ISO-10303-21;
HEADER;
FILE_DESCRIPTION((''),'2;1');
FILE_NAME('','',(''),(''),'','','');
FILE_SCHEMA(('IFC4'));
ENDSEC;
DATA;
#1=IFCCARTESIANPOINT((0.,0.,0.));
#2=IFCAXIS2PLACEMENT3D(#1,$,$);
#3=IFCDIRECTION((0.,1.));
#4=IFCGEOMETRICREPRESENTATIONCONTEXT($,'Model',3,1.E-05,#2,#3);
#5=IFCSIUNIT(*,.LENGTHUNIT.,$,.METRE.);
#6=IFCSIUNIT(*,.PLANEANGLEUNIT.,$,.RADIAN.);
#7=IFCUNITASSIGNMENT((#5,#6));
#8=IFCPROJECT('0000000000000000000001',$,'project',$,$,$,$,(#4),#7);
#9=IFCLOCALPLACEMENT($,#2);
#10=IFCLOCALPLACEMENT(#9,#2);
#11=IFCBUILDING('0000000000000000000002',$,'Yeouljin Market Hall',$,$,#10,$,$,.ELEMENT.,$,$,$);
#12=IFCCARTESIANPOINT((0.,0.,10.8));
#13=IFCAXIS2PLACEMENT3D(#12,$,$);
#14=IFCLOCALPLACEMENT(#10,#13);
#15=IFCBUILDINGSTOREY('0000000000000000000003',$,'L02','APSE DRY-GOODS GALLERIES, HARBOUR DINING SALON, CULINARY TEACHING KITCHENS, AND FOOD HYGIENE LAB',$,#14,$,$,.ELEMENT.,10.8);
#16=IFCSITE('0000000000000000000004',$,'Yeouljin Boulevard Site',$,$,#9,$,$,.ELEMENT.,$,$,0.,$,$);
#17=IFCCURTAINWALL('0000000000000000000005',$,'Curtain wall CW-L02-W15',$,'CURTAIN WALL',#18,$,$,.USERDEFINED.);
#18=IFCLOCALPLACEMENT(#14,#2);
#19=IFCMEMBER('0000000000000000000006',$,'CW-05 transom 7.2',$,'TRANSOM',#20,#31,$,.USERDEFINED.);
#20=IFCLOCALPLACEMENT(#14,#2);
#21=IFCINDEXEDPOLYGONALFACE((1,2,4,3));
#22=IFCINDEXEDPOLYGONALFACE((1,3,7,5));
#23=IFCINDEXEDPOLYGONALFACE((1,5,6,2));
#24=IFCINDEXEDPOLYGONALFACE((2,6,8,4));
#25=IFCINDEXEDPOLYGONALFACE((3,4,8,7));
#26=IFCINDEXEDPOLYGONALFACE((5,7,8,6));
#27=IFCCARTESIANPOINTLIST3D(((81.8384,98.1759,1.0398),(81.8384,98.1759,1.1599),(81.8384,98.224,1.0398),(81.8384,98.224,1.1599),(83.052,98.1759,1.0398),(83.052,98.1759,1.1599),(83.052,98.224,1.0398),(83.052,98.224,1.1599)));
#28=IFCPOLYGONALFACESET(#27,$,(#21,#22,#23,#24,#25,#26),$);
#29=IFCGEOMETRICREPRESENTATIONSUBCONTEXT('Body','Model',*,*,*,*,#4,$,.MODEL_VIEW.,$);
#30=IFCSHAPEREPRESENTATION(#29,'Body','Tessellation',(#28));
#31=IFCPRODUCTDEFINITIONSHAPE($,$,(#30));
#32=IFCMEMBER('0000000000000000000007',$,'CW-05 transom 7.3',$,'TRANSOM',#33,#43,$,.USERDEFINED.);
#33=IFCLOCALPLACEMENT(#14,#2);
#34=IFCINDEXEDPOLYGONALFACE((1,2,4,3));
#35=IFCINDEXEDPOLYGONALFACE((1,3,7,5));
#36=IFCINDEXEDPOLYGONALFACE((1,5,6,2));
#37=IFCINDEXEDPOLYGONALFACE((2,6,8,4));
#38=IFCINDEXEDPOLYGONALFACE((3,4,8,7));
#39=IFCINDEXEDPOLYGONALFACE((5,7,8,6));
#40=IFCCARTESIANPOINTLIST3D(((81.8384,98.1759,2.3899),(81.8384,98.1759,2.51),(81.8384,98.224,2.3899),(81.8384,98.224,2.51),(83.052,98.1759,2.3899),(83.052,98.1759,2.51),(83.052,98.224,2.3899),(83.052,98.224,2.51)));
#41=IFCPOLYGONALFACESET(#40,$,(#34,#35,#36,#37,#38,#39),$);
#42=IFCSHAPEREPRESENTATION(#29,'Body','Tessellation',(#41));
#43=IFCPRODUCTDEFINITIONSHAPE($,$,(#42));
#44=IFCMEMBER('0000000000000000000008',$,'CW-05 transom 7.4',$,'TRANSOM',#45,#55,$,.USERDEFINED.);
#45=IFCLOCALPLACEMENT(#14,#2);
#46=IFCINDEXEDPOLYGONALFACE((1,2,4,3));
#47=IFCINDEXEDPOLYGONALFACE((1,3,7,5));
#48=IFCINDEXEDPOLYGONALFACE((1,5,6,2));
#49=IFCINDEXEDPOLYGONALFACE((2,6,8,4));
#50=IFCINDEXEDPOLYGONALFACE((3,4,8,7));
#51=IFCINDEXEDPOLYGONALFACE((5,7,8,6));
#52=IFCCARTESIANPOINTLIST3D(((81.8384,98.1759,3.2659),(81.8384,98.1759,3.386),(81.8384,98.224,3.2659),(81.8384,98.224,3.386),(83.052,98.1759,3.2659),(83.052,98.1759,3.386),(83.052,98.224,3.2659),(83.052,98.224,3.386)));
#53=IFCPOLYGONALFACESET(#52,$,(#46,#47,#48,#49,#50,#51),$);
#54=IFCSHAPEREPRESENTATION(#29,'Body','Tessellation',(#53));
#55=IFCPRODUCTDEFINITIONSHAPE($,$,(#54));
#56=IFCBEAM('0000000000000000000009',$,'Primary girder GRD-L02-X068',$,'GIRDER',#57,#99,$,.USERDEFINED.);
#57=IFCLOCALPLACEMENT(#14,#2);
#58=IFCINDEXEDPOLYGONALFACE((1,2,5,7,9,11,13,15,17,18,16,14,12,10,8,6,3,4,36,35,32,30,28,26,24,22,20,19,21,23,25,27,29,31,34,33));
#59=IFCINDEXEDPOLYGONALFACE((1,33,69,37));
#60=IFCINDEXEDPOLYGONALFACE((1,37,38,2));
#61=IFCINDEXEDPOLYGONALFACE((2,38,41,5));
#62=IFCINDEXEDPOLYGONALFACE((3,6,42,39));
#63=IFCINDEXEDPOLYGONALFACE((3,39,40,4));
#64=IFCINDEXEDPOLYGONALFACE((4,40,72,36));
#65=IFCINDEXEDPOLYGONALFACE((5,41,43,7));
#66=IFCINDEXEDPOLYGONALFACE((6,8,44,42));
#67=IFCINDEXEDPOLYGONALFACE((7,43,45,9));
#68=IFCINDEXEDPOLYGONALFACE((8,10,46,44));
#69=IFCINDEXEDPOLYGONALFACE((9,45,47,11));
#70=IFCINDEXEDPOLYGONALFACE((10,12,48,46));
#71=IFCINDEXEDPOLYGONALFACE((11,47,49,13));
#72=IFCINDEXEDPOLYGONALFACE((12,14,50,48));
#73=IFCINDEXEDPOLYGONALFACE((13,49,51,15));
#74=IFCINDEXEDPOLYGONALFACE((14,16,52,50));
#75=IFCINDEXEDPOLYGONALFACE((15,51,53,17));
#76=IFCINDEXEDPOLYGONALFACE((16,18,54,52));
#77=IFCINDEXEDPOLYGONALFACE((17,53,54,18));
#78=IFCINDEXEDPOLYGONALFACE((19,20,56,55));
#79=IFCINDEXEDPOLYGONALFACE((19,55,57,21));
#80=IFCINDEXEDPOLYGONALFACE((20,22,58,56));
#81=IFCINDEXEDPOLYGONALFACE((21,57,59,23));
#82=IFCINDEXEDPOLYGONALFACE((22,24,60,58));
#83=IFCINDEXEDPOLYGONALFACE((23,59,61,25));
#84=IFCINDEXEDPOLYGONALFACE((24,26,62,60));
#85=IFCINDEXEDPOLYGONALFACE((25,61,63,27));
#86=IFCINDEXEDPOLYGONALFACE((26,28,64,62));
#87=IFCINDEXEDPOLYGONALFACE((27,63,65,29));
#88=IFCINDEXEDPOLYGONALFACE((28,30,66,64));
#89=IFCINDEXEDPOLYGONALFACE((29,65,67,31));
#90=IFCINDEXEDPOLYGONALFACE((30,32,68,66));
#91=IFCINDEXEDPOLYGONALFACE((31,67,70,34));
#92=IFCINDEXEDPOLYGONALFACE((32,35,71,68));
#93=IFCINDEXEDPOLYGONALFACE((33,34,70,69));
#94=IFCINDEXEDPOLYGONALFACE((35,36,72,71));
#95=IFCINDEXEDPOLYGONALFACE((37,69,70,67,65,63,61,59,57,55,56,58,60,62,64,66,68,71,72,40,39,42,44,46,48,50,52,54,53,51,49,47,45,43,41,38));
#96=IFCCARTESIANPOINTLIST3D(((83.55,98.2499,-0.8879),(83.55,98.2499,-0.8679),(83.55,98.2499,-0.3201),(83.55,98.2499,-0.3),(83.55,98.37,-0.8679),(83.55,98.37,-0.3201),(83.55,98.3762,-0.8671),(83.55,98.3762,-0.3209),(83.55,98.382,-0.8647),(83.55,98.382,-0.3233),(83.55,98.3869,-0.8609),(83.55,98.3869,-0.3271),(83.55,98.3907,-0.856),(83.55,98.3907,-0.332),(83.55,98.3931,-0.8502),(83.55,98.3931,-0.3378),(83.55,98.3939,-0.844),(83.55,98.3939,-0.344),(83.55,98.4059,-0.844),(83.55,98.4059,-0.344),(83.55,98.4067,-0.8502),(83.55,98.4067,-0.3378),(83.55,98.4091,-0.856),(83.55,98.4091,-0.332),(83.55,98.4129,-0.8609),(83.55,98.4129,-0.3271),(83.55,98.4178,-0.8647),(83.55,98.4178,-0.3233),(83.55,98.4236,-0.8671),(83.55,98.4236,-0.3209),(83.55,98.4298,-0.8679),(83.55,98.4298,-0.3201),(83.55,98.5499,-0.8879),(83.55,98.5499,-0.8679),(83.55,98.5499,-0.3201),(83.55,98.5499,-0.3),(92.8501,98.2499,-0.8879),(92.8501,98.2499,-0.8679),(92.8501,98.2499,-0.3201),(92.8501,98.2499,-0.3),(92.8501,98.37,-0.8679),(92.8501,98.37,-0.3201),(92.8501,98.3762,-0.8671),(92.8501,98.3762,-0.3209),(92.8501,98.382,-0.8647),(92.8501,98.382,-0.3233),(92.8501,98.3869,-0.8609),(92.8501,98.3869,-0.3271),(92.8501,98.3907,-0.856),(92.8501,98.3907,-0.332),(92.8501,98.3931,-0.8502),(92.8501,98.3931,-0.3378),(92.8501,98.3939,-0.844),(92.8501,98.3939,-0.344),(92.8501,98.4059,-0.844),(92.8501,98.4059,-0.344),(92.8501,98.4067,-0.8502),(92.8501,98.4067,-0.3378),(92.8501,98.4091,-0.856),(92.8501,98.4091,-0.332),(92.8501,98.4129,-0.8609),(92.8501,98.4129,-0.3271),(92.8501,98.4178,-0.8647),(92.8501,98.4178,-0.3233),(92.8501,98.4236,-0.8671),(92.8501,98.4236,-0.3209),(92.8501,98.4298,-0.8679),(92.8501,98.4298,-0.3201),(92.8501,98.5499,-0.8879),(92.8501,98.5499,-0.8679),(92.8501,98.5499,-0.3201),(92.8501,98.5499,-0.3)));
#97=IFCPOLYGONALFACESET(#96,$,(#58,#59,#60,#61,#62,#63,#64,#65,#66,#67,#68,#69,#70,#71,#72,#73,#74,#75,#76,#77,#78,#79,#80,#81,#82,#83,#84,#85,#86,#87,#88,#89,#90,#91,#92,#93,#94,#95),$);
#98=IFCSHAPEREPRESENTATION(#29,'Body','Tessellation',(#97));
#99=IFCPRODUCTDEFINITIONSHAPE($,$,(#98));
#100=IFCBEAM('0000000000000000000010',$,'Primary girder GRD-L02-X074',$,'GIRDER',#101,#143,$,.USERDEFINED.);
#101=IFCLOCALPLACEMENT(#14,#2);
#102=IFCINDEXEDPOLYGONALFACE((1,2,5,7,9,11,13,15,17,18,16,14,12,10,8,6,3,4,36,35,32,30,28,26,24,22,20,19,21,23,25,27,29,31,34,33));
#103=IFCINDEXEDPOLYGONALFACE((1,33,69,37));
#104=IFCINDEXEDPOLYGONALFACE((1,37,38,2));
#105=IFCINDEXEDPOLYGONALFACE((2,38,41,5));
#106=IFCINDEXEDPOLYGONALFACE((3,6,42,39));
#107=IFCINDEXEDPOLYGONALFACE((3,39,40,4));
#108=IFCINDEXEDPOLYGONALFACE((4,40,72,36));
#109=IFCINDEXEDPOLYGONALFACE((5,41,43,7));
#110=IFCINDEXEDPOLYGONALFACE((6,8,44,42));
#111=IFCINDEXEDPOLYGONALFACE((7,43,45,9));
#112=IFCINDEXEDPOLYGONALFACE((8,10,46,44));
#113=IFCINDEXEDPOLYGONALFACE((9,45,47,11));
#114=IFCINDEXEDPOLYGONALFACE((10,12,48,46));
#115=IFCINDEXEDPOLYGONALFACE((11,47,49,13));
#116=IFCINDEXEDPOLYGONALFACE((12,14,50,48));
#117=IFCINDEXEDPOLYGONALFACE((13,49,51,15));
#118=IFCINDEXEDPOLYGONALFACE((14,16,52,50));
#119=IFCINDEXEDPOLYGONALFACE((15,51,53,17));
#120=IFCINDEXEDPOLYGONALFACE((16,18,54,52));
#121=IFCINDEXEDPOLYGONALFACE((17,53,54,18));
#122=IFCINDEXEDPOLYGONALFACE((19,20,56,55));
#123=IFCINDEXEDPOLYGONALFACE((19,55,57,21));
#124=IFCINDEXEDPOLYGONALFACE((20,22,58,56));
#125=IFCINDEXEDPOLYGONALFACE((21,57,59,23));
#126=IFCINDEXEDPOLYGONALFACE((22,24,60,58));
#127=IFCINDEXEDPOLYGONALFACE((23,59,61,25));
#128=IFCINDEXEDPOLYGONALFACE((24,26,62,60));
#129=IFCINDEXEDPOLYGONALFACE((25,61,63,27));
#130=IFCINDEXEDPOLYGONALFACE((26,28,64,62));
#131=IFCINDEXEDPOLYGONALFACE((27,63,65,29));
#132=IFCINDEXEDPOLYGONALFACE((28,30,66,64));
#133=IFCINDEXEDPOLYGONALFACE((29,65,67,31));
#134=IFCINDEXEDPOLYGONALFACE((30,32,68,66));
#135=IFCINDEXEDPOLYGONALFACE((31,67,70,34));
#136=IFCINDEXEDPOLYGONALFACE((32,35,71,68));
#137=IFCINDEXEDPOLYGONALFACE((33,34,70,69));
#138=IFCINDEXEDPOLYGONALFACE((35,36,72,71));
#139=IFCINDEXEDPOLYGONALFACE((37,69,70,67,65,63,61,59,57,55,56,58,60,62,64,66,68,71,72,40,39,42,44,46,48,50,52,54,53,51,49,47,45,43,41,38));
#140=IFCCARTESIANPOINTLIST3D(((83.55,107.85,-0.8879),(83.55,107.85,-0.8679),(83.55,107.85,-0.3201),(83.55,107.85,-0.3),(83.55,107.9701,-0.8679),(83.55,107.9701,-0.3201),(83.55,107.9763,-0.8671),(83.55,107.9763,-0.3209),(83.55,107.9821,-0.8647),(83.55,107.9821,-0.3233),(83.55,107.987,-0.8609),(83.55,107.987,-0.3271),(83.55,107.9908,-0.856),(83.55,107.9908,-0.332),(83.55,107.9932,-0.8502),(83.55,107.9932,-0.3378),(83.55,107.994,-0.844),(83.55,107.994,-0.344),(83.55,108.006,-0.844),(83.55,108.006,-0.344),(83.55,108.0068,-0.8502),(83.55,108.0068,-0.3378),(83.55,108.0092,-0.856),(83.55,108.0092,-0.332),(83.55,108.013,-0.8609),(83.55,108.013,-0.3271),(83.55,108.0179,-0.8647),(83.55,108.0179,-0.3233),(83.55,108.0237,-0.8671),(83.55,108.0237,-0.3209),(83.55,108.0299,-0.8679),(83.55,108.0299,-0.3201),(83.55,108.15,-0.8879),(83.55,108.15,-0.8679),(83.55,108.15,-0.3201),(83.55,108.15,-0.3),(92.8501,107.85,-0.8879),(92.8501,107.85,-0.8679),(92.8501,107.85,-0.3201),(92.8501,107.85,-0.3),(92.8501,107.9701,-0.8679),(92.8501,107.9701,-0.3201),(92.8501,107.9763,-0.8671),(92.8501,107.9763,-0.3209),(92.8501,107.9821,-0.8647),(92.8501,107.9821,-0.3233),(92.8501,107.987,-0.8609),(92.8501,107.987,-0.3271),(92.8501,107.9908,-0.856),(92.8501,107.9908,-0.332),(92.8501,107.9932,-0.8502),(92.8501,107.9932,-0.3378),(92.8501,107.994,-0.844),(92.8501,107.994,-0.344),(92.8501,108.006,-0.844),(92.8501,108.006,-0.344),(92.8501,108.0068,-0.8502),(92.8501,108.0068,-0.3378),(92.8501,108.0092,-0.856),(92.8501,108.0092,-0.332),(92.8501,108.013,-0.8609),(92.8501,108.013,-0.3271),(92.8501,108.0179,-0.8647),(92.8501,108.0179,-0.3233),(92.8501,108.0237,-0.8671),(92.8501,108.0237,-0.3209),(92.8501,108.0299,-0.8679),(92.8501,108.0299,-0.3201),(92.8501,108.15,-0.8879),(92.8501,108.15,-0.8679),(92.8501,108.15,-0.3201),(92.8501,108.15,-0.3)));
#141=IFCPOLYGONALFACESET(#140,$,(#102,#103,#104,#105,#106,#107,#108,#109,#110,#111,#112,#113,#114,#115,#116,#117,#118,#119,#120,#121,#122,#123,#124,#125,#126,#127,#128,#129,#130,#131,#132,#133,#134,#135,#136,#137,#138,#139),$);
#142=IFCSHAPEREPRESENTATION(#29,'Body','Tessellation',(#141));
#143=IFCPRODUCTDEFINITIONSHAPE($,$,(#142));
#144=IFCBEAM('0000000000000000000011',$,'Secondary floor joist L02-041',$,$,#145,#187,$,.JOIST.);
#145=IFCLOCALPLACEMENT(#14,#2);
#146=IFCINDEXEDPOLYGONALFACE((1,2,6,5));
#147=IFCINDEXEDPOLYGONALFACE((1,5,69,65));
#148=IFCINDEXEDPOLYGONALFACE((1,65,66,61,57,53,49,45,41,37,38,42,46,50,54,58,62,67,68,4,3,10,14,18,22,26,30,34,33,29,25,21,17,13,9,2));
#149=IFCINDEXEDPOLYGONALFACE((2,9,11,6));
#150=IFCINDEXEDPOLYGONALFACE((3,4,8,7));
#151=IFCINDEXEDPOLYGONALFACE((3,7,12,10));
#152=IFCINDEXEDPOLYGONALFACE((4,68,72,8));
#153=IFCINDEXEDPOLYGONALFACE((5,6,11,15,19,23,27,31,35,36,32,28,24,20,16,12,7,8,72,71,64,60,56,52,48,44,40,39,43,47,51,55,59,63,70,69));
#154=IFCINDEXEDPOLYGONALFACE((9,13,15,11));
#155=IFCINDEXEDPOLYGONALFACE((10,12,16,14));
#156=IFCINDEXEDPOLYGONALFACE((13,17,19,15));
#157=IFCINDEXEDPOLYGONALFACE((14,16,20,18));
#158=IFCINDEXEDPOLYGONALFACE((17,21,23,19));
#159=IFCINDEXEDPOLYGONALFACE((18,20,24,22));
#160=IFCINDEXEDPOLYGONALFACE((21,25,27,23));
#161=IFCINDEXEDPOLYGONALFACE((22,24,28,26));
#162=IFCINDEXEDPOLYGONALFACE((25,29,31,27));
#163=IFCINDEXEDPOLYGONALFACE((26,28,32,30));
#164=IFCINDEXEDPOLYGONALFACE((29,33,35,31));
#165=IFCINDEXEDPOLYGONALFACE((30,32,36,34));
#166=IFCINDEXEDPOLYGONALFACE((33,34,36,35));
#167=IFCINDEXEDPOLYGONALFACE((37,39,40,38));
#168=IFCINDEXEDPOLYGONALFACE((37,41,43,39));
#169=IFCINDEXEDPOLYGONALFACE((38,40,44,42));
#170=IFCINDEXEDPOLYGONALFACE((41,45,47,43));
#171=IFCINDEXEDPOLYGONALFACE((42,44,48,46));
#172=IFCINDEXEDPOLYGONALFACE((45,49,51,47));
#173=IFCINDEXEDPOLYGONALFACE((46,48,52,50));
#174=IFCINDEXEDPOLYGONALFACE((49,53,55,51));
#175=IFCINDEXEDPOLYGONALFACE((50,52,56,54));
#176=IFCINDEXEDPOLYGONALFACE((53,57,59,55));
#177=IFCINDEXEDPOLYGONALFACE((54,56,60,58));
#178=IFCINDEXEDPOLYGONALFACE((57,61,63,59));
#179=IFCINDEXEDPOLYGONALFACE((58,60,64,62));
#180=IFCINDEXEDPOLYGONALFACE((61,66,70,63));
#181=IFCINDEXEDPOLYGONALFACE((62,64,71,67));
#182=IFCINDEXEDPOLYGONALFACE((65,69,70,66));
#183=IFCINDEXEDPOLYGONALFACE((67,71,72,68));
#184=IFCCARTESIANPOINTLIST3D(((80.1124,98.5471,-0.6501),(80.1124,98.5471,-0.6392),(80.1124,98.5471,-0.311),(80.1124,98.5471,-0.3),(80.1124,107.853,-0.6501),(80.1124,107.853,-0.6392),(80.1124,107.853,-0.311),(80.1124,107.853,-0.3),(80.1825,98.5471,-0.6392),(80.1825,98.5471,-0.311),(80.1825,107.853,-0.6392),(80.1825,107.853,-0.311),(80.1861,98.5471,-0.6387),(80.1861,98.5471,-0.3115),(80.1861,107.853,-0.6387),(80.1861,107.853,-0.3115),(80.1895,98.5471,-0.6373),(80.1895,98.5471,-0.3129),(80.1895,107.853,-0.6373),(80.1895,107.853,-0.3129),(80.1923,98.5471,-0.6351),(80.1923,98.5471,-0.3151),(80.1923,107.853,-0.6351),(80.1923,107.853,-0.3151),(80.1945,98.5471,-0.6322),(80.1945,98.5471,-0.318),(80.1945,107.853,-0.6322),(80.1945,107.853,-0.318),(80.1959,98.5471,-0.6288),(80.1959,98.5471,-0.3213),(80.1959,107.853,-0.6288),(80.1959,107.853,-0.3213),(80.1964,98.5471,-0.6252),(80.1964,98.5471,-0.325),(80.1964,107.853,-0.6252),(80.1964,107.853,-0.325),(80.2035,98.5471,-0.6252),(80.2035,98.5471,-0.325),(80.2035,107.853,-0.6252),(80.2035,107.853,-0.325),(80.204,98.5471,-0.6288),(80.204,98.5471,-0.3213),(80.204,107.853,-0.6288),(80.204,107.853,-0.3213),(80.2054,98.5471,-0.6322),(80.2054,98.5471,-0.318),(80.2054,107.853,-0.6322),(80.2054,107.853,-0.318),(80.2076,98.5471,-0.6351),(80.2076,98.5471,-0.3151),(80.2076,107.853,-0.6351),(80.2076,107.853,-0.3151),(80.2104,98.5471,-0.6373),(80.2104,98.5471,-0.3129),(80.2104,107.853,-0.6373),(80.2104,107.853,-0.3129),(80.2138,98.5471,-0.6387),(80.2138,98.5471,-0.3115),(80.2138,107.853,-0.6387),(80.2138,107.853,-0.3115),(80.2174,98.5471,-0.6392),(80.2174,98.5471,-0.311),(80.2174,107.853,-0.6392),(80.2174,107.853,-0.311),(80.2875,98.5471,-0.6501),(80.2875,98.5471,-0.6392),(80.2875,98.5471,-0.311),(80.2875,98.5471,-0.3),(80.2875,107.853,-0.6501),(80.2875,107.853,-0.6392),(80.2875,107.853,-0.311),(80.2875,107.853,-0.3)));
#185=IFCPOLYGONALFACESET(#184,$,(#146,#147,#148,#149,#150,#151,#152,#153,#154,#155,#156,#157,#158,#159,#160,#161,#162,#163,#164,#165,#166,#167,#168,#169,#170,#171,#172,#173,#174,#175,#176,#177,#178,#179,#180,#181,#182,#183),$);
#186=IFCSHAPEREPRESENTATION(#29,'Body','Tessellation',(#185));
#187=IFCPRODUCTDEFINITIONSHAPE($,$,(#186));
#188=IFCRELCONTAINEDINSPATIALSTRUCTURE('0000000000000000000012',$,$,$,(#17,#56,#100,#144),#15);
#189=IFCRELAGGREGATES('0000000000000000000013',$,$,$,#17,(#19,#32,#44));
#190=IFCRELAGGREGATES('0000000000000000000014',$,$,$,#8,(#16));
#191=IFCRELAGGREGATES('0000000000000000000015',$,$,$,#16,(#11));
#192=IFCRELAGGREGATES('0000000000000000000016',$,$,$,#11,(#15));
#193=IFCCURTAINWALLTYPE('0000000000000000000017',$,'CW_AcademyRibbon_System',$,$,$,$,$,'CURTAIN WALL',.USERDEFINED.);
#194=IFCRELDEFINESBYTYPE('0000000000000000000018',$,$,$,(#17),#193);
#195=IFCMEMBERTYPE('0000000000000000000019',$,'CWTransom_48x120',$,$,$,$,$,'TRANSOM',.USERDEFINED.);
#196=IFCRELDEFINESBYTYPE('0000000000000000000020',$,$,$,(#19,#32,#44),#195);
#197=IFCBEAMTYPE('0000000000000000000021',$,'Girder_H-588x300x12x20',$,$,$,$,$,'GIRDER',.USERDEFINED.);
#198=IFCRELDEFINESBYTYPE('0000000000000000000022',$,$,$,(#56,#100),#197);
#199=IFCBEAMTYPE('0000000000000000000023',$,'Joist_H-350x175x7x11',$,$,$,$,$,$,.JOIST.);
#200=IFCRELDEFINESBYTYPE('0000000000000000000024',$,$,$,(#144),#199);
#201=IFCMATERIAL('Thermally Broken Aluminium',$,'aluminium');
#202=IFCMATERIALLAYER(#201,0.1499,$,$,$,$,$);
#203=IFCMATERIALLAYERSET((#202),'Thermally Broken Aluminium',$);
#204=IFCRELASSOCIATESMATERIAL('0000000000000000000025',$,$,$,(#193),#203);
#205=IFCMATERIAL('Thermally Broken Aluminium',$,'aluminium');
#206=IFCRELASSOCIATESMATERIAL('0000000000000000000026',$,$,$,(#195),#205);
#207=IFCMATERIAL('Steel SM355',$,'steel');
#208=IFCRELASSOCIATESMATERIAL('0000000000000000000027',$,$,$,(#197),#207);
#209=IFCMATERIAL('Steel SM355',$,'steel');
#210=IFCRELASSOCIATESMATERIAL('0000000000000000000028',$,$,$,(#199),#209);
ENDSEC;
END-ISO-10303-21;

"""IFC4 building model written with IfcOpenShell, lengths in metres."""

from ifc_helpers import new_model, si_unit, direction, frame, origin, origin_2d, place, context, subcontext, project, spatial, rectangle, i_section, extrude, material, layer, layer_set, material_profile, profile_set, type_object, element, aggregate, save


model = new_model("IFC4")

# Units and contexts
model_context = context("Model", 3, precision=1e-05, world=origin(), true_north=direction((0.0, 1.0)))
body_context = subcontext(model_context, "Body", "Model", "MODEL_VIEW")
ifc_project = project(units=[si_unit("LENGTHUNIT", "METRE"), si_unit("PLANEANGLEUNIT", "RADIAN")], contexts=[model_context])

# Site, building, storey
site_placement = place(None, origin())
site = spatial("IfcSite", under=ifc_project, at=site_placement, Name="Yeouljin Boulevard Site", CompositionType="ELEMENT", RefElevation=0.0)
building_placement = place(site_placement, origin())
building = spatial("IfcBuilding", under=site, at=building_placement, Name="Yeouljin Market Hall", CompositionType="ELEMENT")
storey_placement = place(building_placement, frame((0.0, 0.0, 10.8)))
storey = spatial("IfcBuildingStorey", under=building, at=storey_placement, Name="L02", Description="APSE DRY-GOODS GALLERIES, HARBOUR DINING SALON, CULINARY TEACHING KITCHENS, AND FOOD HYGIENE LAB", CompositionType="ELEMENT", Elevation=10.8)

# Curtain wall, members
ifc_material_1 = material(Name="Thermally Broken Aluminium", Category="aluminium")
ifc_layer_1 = layer(ifc_material_1, 0.1499)
ifc_layer_set_1 = layer_set([ifc_layer_1], Name="Thermally Broken Aluminium")
curtain_wall_type = type_object("IfcCurtainWallType", Name="CW_AcademyRibbon_System", ElementType="CURTAIN WALL", PredefinedType="USERDEFINED", material=ifc_layer_set_1)
curtain_wall_placement = place(storey_placement, origin())
curtain_wall = element("IfcCurtainWall", 1, at=curtain_wall_placement, inside=storey, type_object=curtain_wall_type, Name="Curtain wall CW-L02-W15", ObjectType="CURTAIN WALL", PredefinedType="USERDEFINED")
ifc_material_2 = material(Name="Thermally Broken Aluminium", Category="aluminium")
ifc_material_profile_1 = material_profile(ifc_material_2, rectangle(XDim=0.0481, YDim=0.1201, at=origin_2d()), Name="CW-TRAN-48x120")
ifc_profile_set_1 = profile_set([ifc_material_profile_1], Name="Thermally Broken Aluminium")
member_type_1 = type_object("IfcMemberType", Name="CWTransom_48x120", ElementType="TRANSOM", PredefinedType="USERDEFINED", material=ifc_profile_set_1)
member_1_placement = place(storey_placement, frame((81.8384, 98.2, 1.0999), z_axis=(1.0, 0.0, 0.0), x_axis=(0.0, 1.0, 0.0)))
member_1 = element("IfcMember", 2, at=member_1_placement, type_object=member_type_1, Name="CW-05 transom 7.2", ObjectType="TRANSOM", PredefinedType="USERDEFINED", context=body_context, shape_type="SweptSolid", body=[
    extrude(rectangle(XDim=0.0481, YDim=0.1201, at=origin_2d()), origin(), (0.0, 0.0, 1.0), 1.2136),
])
member_2_placement = place(storey_placement, frame((81.8384, 98.2, 2.45), z_axis=(1.0, 0.0, 0.0), x_axis=(0.0, 1.0, 0.0)))
member_2 = element("IfcMember", 3, at=member_2_placement, type_object=member_type_1, Name="CW-05 transom 7.3", ObjectType="TRANSOM", PredefinedType="USERDEFINED", context=body_context, shape_type="SweptSolid", body=[
    extrude(rectangle(XDim=0.0481, YDim=0.1201, at=origin_2d()), origin(), (0.0, 0.0, 1.0), 1.2136),
])
member_3_placement = place(storey_placement, frame((81.8384, 98.2, 3.3259), z_axis=(1.0, 0.0, 0.0), x_axis=(0.0, 1.0, 0.0)))
member_3 = element("IfcMember", 4, at=member_3_placement, type_object=member_type_1, Name="CW-05 transom 7.4", ObjectType="TRANSOM", PredefinedType="USERDEFINED", context=body_context, shape_type="SweptSolid", body=[
    extrude(rectangle(XDim=0.0481, YDim=0.1201, at=origin_2d()), origin(), (0.0, 0.0, 1.0), 1.2136),
])

# Beams
ifc_material_3 = material(Name="Steel SM355", Category="steel")
ifc_material_profile_2 = material_profile(ifc_material_3, i_section(OverallWidth=0.3, OverallDepth=0.5879, WebThickness=0.012, FlangeThickness=0.02, FilletRadius=0.0239, at=origin_2d()), Name="H-588x300x12x20")
ifc_profile_set_2 = profile_set([ifc_material_profile_2], Name="Steel SM355")
beam_type_1 = type_object("IfcBeamType", Name="Girder_H-588x300x12x20", ElementType="GIRDER", PredefinedType="USERDEFINED", material=ifc_profile_set_2)
for number, where, z_axis, x_axis, name in (
    (5, (83.55, 98.3999, -0.594), (1.0, 0.0, 0.0), (0.0, 1.0, 0.0), "Primary girder GRD-L02-X068"),
    (6, (83.55, 108.0, -0.594), (1.0, 0.0, 0.0), (0.0, 1.0, 0.0), "Primary girder GRD-L02-X074"),
):
    element("IfcBeam", number, at=place(storey_placement, frame(where, z_axis=z_axis, x_axis=x_axis)), inside=storey, type_object=beam_type_1, Name=name, ObjectType="GIRDER", PredefinedType="USERDEFINED", context=body_context, shape_type="SweptSolid", body=[
        extrude(i_section(OverallWidth=0.3, OverallDepth=0.5879, WebThickness=0.012, FlangeThickness=0.02, FilletRadius=0.0239, at=origin_2d()), origin(), (0.0, 0.0, 1.0), 9.3),
    ])
ifc_material_4 = material(Name="Steel SM355", Category="steel")
ifc_material_profile_3 = material_profile(ifc_material_4, i_section(OverallWidth=0.175, OverallDepth=0.3501, WebThickness=0.0071, FlangeThickness=0.011, FilletRadius=0.0139, at=origin_2d()), Name="H-350x175x7x11")
ifc_profile_set_3 = profile_set([ifc_material_profile_3], Name="Steel SM355")
beam_type_2 = type_object("IfcBeamType", Name="Joist_H-350x175x7x11", PredefinedType="JOIST", material=ifc_profile_set_3)
beam_1_placement = place(storey_placement, frame((80.2, 98.5471, -0.4751), z_axis=(0.0, 1.0, 0.0), x_axis=(-1.0, 0.0, 0.0)))
element("IfcBeam", 7, at=beam_1_placement, inside=storey, type_object=beam_type_2, Name="Secondary floor joist L02-041", PredefinedType="JOIST", context=body_context, shape_type="SweptSolid", body=[
    extrude(i_section(OverallWidth=0.175, OverallDepth=0.3501, WebThickness=0.0071, FlangeThickness=0.011, FilletRadius=0.0139, at=origin_2d()), origin(), (0.0, 0.0, 1.0), 9.3059),
])

aggregate(curtain_wall, [member_1, member_2, member_3])

save(model, "model.ifc")
